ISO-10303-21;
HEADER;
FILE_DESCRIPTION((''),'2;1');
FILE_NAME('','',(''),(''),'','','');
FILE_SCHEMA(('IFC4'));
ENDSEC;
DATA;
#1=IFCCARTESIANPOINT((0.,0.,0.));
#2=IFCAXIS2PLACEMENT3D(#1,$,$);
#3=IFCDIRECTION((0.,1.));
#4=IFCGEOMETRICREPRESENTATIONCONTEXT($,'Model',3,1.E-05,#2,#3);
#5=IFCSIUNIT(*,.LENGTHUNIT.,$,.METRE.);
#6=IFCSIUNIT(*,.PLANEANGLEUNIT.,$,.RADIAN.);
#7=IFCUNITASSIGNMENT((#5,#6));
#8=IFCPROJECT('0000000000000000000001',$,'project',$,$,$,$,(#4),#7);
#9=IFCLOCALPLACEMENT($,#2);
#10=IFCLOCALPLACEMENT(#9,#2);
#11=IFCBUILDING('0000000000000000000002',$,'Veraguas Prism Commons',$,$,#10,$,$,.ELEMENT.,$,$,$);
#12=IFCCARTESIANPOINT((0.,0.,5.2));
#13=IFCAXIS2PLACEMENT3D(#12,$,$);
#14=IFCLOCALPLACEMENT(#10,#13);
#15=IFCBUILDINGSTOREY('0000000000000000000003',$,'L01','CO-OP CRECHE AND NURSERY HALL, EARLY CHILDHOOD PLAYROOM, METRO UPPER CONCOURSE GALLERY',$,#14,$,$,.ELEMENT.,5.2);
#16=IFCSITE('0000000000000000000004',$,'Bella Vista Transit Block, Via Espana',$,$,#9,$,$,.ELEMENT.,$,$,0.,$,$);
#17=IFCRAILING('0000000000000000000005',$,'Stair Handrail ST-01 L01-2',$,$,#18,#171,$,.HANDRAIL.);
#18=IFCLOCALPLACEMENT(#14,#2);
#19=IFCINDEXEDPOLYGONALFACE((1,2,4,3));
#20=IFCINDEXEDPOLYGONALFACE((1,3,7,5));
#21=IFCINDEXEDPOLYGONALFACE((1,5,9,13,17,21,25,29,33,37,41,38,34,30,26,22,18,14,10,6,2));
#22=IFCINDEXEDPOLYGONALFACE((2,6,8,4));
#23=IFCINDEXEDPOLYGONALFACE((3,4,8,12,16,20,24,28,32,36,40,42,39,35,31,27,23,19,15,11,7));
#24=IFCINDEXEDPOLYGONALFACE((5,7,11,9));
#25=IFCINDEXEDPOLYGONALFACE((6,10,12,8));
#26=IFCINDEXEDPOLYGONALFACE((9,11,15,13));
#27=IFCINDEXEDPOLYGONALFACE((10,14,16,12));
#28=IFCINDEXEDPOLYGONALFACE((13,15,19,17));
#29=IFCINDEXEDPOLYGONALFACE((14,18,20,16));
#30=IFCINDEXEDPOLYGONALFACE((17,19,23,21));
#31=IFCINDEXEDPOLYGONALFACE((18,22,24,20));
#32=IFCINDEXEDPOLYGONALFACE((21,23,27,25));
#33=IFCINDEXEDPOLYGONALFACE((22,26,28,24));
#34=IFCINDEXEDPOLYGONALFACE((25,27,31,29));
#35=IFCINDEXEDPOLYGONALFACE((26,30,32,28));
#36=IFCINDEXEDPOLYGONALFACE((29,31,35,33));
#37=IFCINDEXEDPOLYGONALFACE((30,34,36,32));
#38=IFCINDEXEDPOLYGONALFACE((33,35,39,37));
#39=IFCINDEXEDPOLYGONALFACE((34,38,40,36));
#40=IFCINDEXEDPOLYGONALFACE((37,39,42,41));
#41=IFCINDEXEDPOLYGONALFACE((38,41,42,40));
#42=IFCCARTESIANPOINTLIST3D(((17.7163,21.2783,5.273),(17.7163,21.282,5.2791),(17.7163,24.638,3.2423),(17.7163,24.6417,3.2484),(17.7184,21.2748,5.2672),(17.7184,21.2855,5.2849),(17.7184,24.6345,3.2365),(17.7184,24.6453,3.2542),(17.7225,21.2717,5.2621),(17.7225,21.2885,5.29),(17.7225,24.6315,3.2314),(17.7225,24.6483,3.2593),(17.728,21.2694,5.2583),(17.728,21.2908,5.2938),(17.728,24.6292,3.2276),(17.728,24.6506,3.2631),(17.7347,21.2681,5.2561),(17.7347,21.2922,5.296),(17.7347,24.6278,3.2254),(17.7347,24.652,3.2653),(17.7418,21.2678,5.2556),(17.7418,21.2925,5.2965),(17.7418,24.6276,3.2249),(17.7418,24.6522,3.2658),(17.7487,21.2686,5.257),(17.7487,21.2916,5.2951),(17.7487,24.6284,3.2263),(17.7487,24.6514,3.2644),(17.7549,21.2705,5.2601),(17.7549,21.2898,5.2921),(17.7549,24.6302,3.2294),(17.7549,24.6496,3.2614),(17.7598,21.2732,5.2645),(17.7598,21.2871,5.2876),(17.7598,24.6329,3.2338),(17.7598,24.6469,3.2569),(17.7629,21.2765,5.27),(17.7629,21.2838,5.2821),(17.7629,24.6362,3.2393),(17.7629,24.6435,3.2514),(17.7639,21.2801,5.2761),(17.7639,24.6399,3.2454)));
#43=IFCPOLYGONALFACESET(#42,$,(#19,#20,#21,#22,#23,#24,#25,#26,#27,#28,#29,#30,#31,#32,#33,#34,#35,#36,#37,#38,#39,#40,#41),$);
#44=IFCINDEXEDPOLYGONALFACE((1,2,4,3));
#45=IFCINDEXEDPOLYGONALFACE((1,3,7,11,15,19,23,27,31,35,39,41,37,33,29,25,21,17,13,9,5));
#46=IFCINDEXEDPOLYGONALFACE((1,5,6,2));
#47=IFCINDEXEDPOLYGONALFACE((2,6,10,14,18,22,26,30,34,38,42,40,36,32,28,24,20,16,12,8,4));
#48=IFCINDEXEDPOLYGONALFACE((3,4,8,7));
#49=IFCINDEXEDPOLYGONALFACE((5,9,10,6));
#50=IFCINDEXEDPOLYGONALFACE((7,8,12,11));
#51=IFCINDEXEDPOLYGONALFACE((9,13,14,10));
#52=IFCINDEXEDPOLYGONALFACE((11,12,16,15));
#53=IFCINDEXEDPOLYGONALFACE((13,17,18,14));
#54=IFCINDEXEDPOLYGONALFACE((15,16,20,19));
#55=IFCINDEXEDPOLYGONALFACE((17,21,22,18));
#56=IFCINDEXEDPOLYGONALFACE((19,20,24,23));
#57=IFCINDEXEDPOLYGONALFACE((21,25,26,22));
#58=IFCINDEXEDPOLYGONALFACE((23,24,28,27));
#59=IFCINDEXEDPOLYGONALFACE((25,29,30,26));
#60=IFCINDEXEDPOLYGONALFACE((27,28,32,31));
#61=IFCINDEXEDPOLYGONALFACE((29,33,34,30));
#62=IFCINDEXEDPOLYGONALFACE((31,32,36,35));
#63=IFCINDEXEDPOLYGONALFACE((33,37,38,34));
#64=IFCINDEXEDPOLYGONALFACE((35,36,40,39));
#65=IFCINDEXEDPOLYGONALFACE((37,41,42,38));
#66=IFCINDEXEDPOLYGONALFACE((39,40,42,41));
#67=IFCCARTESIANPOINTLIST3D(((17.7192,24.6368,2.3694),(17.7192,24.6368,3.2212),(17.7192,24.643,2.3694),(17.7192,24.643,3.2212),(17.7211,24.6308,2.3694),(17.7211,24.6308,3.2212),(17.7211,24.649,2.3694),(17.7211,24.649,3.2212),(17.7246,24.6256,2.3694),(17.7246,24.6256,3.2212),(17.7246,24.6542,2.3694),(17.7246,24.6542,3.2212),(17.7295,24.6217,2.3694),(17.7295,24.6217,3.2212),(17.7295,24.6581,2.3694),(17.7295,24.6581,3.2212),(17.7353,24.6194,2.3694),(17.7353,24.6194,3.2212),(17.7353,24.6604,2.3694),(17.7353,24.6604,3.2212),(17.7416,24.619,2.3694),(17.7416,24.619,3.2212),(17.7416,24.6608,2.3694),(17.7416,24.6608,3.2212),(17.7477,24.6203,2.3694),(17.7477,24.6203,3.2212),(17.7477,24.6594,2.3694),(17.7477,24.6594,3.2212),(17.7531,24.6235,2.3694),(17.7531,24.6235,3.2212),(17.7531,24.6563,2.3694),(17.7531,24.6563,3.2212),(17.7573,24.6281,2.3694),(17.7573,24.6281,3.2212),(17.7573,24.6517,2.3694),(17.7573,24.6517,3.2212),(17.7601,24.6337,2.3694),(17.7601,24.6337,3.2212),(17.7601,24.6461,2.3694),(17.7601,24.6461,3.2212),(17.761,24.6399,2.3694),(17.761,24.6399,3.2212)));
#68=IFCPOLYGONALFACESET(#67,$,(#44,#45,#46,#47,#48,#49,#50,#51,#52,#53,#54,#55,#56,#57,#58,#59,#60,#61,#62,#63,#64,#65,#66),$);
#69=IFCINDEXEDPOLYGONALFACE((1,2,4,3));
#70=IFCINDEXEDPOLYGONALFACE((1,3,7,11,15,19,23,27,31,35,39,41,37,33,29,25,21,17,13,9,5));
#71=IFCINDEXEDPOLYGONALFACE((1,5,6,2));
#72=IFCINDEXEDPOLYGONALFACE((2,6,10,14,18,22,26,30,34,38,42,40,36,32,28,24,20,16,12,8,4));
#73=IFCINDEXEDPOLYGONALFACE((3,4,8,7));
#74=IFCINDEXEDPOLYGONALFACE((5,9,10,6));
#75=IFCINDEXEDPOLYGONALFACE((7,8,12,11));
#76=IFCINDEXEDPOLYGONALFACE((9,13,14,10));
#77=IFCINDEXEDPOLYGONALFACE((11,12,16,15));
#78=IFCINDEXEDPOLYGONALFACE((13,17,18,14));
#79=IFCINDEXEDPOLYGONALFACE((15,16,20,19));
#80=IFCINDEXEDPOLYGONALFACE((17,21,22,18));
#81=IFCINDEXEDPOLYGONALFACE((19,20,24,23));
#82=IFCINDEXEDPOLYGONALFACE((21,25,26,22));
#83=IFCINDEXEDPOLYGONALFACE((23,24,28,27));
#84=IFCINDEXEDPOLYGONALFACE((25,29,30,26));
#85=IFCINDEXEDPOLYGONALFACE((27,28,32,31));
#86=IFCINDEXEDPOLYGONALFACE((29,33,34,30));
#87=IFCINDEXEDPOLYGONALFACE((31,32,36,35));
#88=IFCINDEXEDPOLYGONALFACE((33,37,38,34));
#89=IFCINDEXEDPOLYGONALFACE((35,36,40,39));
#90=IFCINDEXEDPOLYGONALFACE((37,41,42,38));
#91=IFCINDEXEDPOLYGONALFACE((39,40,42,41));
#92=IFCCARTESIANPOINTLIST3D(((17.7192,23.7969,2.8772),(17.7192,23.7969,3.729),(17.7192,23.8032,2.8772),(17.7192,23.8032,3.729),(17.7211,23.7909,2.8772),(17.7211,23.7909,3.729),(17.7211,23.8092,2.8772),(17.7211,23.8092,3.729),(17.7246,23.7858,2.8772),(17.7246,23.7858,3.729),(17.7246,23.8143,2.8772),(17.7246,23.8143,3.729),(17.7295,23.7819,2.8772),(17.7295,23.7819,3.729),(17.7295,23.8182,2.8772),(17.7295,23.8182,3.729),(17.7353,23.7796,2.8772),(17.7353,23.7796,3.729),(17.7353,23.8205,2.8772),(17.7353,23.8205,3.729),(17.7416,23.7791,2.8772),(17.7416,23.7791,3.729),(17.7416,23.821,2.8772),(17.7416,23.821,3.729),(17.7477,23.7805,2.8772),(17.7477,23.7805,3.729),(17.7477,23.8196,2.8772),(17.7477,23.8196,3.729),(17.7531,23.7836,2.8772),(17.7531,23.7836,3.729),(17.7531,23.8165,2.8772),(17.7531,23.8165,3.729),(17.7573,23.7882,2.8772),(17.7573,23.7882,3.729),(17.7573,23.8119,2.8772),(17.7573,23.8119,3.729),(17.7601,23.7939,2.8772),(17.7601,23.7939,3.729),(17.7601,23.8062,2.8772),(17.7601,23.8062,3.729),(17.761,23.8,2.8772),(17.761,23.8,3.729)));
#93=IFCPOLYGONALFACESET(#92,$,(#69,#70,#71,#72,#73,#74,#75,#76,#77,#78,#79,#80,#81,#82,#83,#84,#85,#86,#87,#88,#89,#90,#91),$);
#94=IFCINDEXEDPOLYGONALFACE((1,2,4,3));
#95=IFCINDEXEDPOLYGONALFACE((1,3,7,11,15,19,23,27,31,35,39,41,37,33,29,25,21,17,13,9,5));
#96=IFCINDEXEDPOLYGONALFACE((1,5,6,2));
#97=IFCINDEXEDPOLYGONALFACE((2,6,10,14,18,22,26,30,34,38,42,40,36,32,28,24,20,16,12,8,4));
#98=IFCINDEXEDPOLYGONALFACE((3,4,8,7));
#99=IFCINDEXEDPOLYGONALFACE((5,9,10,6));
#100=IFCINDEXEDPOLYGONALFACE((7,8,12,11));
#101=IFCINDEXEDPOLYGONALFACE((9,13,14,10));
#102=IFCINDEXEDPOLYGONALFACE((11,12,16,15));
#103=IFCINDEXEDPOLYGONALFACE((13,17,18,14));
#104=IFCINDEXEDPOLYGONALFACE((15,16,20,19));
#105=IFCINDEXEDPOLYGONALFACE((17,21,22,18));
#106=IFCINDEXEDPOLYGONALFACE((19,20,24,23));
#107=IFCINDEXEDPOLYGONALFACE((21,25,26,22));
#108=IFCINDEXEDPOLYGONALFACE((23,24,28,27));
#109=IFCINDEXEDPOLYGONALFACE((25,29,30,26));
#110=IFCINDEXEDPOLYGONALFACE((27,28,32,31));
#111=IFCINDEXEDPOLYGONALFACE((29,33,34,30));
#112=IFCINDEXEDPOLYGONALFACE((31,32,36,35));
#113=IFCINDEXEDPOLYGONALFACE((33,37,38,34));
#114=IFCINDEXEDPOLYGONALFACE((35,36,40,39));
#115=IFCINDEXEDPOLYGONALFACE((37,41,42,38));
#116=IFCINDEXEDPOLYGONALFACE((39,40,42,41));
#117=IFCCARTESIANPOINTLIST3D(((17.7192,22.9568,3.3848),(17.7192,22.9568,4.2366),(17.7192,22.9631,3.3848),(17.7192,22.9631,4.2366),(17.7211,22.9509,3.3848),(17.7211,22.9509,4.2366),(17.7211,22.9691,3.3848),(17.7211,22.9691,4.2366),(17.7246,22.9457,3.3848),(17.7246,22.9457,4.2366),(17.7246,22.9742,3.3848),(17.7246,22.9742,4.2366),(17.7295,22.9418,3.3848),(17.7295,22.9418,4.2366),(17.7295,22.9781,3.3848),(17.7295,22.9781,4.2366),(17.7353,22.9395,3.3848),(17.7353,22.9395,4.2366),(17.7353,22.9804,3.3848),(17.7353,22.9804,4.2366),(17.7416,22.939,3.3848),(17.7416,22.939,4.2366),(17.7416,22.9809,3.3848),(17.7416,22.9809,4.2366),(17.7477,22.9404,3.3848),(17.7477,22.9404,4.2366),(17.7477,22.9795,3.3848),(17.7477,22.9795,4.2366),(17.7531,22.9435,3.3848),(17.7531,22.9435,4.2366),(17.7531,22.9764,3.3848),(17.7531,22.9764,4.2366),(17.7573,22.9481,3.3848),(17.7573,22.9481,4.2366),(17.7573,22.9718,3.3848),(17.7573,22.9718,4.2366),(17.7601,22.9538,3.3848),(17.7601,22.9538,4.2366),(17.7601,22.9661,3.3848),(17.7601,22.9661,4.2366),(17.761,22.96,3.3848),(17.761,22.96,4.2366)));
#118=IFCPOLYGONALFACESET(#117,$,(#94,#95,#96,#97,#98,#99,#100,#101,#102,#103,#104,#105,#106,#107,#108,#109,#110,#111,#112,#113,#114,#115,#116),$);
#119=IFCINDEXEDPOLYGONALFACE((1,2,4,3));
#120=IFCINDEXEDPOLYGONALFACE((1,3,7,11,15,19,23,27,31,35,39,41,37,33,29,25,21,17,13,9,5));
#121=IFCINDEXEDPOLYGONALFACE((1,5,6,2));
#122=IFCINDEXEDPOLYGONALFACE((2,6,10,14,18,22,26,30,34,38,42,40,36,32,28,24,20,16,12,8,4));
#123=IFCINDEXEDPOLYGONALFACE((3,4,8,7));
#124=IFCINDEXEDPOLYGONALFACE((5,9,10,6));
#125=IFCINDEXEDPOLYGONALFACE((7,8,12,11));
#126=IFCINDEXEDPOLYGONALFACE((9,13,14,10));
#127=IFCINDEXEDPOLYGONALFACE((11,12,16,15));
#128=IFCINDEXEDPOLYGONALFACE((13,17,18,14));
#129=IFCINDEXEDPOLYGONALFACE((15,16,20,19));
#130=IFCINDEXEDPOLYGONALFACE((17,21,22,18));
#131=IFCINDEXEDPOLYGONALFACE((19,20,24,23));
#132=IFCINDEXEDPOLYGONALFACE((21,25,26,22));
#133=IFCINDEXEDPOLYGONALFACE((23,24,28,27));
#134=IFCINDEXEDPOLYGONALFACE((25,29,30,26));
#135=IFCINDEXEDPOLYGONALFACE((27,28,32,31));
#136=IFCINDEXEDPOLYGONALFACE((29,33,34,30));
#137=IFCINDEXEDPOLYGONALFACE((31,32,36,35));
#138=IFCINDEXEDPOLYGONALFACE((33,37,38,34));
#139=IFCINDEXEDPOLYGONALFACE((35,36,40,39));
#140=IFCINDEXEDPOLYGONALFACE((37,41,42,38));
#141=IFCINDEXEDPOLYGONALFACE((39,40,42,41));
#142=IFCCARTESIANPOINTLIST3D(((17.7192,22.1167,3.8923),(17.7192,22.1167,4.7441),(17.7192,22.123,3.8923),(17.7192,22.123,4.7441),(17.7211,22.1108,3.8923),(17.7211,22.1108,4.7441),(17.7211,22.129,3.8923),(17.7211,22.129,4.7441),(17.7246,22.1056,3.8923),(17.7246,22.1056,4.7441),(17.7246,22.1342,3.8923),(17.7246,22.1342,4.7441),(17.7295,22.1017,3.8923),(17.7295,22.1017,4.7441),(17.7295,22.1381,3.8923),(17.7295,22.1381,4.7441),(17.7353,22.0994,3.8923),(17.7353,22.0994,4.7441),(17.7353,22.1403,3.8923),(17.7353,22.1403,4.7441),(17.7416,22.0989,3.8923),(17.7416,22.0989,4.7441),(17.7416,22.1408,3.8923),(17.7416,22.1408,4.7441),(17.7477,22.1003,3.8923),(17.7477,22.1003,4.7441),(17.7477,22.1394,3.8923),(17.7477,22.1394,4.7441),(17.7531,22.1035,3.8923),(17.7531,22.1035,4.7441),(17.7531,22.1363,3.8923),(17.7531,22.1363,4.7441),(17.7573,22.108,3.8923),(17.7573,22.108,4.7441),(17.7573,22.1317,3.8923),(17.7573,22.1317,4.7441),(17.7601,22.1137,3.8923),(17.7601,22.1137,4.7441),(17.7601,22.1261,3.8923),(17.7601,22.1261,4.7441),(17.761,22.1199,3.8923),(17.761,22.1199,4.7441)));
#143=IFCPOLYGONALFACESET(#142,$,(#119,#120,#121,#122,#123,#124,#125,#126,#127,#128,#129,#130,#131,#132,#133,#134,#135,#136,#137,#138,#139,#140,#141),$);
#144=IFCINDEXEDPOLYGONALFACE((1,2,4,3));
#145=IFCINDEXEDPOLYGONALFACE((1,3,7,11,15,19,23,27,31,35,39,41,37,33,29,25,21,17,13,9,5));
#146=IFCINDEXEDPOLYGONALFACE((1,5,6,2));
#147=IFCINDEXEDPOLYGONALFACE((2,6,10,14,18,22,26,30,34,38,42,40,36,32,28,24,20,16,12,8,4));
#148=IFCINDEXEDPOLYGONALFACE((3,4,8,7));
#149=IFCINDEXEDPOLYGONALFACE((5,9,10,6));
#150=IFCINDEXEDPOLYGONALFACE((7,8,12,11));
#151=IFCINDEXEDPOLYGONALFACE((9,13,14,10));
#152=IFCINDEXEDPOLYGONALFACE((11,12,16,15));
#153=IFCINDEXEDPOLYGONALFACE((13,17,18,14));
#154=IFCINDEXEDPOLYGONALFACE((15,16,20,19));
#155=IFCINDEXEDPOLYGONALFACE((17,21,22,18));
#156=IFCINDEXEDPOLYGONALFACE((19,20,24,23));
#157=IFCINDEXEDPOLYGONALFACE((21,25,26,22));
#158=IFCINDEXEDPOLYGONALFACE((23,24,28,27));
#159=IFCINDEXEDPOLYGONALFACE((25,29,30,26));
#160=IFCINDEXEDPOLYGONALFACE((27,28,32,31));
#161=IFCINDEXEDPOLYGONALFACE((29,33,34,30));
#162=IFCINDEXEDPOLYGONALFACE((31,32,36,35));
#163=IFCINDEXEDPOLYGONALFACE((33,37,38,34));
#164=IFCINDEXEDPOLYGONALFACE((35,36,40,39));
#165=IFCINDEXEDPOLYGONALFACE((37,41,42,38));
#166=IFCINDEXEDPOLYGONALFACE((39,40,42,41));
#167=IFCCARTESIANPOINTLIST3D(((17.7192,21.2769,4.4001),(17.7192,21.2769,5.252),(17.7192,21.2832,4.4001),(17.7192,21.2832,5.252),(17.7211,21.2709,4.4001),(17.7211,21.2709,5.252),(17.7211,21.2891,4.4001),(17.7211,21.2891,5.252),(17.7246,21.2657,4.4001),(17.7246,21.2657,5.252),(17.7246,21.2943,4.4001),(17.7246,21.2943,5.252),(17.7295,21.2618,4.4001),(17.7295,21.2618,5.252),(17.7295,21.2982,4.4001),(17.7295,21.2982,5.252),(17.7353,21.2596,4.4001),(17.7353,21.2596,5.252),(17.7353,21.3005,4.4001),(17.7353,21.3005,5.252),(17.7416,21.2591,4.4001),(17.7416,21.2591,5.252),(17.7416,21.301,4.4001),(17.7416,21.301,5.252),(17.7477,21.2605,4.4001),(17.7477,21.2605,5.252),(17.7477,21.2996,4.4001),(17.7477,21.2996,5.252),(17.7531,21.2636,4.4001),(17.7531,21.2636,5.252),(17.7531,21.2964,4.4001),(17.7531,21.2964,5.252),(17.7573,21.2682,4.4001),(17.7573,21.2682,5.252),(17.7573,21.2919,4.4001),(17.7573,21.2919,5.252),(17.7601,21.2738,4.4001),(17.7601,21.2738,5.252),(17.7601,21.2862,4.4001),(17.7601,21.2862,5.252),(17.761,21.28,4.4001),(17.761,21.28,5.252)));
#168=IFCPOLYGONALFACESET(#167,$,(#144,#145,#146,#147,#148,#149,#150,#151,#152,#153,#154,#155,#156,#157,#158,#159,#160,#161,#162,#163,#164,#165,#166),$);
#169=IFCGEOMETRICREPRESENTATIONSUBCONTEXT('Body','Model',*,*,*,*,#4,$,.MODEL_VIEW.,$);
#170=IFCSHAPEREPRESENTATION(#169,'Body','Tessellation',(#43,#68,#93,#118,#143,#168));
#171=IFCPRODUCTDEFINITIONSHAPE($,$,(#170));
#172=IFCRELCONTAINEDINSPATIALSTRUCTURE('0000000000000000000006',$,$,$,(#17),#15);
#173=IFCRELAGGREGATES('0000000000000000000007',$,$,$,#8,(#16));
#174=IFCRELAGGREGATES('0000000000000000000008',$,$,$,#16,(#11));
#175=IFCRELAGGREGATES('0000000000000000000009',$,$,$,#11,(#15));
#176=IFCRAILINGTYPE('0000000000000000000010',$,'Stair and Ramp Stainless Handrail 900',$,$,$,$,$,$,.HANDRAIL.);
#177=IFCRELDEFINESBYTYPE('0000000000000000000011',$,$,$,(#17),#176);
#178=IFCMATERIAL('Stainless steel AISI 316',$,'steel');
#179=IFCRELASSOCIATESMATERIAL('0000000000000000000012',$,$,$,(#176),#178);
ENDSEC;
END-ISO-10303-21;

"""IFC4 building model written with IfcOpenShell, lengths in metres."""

from ifc_helpers import new_model, si_unit, direction, frame, origin, origin_2d, place, context, subcontext, project, spatial, circle, extrude, material, type_object, element, save


model = new_model("IFC4")

# Units and contexts
model_context = context("Model", 3, precision=1e-05, world=origin(), true_north=direction((0.0, 1.0)))
body_context = subcontext(model_context, "Body", "Model", "MODEL_VIEW")
ifc_project = project(units=[si_unit("LENGTHUNIT", "METRE"), si_unit("PLANEANGLEUNIT", "RADIAN")], contexts=[model_context])

# Site, building, storey
site_placement = place(None, origin())
site = spatial("IfcSite", under=ifc_project, at=site_placement, Name="Bella Vista Transit Block, Via Espana", CompositionType="ELEMENT", RefElevation=0.0)
building_placement = place(site_placement, origin())
building = spatial("IfcBuilding", under=site, at=building_placement, Name="Veraguas Prism Commons", CompositionType="ELEMENT")
storey_placement = place(building_placement, frame((0.0, 0.0, 5.2)))
storey = spatial("IfcBuildingStorey", under=building, at=storey_placement, Name="L01", Description="CO-OP CRECHE AND NURSERY HALL, EARLY CHILDHOOD PLAYROOM, METRO UPPER CONCOURSE GALLERY", CompositionType="ELEMENT", Elevation=5.2)

# Railing
ifc_material_1 = material(Name="Stainless steel AISI 316", Category="steel")
railing_type_1 = type_object("IfcRailingType", Name="Stair and Ramp Stainless Handrail 900", PredefinedType="HANDRAIL", material=ifc_material_1)
for number, where, name in (
    (1, (17.74, 24.6399, 2.3694), "Stair Handrail ST-01 L01-2"),
):
    element("IfcRailing", number, at=place(storey_placement, frame(where)), inside=storey, type_object=railing_type_1, Name=name, PredefinedType="HANDRAIL", context=body_context, shape_type="SweptSolid", body=[
        extrude(circle(Radius=0.0239, at=origin_2d()), frame((0.0, 0.0, 0.876), z_axis=(0.0, -0.85582, 0.517273), x_axis=(1.0, 0.0, 0.0)), (0.0, 0.0, 1.0), 3.9258),
        extrude(circle(Radius=0.021, at=origin_2d()), origin(), (0.0, 0.0, 1.0), 0.8518),
        extrude(circle(Radius=0.021, at=origin_2d()), frame((0.0, -0.8398, 0.5078)), (0.0, 0.0, 1.0), 0.8518),
        extrude(circle(Radius=0.021, at=origin_2d()), frame((0.0, -1.6799, 1.0154)), (0.0, 0.0, 1.0), 0.8518),
        extrude(circle(Radius=0.021, at=origin_2d()), frame((0.0, -2.52, 1.5229)), (0.0, 0.0, 1.0), 0.8518),
        extrude(circle(Radius=0.021, at=origin_2d()), frame((0.0, -3.3599, 2.0308)), (0.0, 0.0, 1.0), 0.8518),
    ])

save(model, "model.ifc")
